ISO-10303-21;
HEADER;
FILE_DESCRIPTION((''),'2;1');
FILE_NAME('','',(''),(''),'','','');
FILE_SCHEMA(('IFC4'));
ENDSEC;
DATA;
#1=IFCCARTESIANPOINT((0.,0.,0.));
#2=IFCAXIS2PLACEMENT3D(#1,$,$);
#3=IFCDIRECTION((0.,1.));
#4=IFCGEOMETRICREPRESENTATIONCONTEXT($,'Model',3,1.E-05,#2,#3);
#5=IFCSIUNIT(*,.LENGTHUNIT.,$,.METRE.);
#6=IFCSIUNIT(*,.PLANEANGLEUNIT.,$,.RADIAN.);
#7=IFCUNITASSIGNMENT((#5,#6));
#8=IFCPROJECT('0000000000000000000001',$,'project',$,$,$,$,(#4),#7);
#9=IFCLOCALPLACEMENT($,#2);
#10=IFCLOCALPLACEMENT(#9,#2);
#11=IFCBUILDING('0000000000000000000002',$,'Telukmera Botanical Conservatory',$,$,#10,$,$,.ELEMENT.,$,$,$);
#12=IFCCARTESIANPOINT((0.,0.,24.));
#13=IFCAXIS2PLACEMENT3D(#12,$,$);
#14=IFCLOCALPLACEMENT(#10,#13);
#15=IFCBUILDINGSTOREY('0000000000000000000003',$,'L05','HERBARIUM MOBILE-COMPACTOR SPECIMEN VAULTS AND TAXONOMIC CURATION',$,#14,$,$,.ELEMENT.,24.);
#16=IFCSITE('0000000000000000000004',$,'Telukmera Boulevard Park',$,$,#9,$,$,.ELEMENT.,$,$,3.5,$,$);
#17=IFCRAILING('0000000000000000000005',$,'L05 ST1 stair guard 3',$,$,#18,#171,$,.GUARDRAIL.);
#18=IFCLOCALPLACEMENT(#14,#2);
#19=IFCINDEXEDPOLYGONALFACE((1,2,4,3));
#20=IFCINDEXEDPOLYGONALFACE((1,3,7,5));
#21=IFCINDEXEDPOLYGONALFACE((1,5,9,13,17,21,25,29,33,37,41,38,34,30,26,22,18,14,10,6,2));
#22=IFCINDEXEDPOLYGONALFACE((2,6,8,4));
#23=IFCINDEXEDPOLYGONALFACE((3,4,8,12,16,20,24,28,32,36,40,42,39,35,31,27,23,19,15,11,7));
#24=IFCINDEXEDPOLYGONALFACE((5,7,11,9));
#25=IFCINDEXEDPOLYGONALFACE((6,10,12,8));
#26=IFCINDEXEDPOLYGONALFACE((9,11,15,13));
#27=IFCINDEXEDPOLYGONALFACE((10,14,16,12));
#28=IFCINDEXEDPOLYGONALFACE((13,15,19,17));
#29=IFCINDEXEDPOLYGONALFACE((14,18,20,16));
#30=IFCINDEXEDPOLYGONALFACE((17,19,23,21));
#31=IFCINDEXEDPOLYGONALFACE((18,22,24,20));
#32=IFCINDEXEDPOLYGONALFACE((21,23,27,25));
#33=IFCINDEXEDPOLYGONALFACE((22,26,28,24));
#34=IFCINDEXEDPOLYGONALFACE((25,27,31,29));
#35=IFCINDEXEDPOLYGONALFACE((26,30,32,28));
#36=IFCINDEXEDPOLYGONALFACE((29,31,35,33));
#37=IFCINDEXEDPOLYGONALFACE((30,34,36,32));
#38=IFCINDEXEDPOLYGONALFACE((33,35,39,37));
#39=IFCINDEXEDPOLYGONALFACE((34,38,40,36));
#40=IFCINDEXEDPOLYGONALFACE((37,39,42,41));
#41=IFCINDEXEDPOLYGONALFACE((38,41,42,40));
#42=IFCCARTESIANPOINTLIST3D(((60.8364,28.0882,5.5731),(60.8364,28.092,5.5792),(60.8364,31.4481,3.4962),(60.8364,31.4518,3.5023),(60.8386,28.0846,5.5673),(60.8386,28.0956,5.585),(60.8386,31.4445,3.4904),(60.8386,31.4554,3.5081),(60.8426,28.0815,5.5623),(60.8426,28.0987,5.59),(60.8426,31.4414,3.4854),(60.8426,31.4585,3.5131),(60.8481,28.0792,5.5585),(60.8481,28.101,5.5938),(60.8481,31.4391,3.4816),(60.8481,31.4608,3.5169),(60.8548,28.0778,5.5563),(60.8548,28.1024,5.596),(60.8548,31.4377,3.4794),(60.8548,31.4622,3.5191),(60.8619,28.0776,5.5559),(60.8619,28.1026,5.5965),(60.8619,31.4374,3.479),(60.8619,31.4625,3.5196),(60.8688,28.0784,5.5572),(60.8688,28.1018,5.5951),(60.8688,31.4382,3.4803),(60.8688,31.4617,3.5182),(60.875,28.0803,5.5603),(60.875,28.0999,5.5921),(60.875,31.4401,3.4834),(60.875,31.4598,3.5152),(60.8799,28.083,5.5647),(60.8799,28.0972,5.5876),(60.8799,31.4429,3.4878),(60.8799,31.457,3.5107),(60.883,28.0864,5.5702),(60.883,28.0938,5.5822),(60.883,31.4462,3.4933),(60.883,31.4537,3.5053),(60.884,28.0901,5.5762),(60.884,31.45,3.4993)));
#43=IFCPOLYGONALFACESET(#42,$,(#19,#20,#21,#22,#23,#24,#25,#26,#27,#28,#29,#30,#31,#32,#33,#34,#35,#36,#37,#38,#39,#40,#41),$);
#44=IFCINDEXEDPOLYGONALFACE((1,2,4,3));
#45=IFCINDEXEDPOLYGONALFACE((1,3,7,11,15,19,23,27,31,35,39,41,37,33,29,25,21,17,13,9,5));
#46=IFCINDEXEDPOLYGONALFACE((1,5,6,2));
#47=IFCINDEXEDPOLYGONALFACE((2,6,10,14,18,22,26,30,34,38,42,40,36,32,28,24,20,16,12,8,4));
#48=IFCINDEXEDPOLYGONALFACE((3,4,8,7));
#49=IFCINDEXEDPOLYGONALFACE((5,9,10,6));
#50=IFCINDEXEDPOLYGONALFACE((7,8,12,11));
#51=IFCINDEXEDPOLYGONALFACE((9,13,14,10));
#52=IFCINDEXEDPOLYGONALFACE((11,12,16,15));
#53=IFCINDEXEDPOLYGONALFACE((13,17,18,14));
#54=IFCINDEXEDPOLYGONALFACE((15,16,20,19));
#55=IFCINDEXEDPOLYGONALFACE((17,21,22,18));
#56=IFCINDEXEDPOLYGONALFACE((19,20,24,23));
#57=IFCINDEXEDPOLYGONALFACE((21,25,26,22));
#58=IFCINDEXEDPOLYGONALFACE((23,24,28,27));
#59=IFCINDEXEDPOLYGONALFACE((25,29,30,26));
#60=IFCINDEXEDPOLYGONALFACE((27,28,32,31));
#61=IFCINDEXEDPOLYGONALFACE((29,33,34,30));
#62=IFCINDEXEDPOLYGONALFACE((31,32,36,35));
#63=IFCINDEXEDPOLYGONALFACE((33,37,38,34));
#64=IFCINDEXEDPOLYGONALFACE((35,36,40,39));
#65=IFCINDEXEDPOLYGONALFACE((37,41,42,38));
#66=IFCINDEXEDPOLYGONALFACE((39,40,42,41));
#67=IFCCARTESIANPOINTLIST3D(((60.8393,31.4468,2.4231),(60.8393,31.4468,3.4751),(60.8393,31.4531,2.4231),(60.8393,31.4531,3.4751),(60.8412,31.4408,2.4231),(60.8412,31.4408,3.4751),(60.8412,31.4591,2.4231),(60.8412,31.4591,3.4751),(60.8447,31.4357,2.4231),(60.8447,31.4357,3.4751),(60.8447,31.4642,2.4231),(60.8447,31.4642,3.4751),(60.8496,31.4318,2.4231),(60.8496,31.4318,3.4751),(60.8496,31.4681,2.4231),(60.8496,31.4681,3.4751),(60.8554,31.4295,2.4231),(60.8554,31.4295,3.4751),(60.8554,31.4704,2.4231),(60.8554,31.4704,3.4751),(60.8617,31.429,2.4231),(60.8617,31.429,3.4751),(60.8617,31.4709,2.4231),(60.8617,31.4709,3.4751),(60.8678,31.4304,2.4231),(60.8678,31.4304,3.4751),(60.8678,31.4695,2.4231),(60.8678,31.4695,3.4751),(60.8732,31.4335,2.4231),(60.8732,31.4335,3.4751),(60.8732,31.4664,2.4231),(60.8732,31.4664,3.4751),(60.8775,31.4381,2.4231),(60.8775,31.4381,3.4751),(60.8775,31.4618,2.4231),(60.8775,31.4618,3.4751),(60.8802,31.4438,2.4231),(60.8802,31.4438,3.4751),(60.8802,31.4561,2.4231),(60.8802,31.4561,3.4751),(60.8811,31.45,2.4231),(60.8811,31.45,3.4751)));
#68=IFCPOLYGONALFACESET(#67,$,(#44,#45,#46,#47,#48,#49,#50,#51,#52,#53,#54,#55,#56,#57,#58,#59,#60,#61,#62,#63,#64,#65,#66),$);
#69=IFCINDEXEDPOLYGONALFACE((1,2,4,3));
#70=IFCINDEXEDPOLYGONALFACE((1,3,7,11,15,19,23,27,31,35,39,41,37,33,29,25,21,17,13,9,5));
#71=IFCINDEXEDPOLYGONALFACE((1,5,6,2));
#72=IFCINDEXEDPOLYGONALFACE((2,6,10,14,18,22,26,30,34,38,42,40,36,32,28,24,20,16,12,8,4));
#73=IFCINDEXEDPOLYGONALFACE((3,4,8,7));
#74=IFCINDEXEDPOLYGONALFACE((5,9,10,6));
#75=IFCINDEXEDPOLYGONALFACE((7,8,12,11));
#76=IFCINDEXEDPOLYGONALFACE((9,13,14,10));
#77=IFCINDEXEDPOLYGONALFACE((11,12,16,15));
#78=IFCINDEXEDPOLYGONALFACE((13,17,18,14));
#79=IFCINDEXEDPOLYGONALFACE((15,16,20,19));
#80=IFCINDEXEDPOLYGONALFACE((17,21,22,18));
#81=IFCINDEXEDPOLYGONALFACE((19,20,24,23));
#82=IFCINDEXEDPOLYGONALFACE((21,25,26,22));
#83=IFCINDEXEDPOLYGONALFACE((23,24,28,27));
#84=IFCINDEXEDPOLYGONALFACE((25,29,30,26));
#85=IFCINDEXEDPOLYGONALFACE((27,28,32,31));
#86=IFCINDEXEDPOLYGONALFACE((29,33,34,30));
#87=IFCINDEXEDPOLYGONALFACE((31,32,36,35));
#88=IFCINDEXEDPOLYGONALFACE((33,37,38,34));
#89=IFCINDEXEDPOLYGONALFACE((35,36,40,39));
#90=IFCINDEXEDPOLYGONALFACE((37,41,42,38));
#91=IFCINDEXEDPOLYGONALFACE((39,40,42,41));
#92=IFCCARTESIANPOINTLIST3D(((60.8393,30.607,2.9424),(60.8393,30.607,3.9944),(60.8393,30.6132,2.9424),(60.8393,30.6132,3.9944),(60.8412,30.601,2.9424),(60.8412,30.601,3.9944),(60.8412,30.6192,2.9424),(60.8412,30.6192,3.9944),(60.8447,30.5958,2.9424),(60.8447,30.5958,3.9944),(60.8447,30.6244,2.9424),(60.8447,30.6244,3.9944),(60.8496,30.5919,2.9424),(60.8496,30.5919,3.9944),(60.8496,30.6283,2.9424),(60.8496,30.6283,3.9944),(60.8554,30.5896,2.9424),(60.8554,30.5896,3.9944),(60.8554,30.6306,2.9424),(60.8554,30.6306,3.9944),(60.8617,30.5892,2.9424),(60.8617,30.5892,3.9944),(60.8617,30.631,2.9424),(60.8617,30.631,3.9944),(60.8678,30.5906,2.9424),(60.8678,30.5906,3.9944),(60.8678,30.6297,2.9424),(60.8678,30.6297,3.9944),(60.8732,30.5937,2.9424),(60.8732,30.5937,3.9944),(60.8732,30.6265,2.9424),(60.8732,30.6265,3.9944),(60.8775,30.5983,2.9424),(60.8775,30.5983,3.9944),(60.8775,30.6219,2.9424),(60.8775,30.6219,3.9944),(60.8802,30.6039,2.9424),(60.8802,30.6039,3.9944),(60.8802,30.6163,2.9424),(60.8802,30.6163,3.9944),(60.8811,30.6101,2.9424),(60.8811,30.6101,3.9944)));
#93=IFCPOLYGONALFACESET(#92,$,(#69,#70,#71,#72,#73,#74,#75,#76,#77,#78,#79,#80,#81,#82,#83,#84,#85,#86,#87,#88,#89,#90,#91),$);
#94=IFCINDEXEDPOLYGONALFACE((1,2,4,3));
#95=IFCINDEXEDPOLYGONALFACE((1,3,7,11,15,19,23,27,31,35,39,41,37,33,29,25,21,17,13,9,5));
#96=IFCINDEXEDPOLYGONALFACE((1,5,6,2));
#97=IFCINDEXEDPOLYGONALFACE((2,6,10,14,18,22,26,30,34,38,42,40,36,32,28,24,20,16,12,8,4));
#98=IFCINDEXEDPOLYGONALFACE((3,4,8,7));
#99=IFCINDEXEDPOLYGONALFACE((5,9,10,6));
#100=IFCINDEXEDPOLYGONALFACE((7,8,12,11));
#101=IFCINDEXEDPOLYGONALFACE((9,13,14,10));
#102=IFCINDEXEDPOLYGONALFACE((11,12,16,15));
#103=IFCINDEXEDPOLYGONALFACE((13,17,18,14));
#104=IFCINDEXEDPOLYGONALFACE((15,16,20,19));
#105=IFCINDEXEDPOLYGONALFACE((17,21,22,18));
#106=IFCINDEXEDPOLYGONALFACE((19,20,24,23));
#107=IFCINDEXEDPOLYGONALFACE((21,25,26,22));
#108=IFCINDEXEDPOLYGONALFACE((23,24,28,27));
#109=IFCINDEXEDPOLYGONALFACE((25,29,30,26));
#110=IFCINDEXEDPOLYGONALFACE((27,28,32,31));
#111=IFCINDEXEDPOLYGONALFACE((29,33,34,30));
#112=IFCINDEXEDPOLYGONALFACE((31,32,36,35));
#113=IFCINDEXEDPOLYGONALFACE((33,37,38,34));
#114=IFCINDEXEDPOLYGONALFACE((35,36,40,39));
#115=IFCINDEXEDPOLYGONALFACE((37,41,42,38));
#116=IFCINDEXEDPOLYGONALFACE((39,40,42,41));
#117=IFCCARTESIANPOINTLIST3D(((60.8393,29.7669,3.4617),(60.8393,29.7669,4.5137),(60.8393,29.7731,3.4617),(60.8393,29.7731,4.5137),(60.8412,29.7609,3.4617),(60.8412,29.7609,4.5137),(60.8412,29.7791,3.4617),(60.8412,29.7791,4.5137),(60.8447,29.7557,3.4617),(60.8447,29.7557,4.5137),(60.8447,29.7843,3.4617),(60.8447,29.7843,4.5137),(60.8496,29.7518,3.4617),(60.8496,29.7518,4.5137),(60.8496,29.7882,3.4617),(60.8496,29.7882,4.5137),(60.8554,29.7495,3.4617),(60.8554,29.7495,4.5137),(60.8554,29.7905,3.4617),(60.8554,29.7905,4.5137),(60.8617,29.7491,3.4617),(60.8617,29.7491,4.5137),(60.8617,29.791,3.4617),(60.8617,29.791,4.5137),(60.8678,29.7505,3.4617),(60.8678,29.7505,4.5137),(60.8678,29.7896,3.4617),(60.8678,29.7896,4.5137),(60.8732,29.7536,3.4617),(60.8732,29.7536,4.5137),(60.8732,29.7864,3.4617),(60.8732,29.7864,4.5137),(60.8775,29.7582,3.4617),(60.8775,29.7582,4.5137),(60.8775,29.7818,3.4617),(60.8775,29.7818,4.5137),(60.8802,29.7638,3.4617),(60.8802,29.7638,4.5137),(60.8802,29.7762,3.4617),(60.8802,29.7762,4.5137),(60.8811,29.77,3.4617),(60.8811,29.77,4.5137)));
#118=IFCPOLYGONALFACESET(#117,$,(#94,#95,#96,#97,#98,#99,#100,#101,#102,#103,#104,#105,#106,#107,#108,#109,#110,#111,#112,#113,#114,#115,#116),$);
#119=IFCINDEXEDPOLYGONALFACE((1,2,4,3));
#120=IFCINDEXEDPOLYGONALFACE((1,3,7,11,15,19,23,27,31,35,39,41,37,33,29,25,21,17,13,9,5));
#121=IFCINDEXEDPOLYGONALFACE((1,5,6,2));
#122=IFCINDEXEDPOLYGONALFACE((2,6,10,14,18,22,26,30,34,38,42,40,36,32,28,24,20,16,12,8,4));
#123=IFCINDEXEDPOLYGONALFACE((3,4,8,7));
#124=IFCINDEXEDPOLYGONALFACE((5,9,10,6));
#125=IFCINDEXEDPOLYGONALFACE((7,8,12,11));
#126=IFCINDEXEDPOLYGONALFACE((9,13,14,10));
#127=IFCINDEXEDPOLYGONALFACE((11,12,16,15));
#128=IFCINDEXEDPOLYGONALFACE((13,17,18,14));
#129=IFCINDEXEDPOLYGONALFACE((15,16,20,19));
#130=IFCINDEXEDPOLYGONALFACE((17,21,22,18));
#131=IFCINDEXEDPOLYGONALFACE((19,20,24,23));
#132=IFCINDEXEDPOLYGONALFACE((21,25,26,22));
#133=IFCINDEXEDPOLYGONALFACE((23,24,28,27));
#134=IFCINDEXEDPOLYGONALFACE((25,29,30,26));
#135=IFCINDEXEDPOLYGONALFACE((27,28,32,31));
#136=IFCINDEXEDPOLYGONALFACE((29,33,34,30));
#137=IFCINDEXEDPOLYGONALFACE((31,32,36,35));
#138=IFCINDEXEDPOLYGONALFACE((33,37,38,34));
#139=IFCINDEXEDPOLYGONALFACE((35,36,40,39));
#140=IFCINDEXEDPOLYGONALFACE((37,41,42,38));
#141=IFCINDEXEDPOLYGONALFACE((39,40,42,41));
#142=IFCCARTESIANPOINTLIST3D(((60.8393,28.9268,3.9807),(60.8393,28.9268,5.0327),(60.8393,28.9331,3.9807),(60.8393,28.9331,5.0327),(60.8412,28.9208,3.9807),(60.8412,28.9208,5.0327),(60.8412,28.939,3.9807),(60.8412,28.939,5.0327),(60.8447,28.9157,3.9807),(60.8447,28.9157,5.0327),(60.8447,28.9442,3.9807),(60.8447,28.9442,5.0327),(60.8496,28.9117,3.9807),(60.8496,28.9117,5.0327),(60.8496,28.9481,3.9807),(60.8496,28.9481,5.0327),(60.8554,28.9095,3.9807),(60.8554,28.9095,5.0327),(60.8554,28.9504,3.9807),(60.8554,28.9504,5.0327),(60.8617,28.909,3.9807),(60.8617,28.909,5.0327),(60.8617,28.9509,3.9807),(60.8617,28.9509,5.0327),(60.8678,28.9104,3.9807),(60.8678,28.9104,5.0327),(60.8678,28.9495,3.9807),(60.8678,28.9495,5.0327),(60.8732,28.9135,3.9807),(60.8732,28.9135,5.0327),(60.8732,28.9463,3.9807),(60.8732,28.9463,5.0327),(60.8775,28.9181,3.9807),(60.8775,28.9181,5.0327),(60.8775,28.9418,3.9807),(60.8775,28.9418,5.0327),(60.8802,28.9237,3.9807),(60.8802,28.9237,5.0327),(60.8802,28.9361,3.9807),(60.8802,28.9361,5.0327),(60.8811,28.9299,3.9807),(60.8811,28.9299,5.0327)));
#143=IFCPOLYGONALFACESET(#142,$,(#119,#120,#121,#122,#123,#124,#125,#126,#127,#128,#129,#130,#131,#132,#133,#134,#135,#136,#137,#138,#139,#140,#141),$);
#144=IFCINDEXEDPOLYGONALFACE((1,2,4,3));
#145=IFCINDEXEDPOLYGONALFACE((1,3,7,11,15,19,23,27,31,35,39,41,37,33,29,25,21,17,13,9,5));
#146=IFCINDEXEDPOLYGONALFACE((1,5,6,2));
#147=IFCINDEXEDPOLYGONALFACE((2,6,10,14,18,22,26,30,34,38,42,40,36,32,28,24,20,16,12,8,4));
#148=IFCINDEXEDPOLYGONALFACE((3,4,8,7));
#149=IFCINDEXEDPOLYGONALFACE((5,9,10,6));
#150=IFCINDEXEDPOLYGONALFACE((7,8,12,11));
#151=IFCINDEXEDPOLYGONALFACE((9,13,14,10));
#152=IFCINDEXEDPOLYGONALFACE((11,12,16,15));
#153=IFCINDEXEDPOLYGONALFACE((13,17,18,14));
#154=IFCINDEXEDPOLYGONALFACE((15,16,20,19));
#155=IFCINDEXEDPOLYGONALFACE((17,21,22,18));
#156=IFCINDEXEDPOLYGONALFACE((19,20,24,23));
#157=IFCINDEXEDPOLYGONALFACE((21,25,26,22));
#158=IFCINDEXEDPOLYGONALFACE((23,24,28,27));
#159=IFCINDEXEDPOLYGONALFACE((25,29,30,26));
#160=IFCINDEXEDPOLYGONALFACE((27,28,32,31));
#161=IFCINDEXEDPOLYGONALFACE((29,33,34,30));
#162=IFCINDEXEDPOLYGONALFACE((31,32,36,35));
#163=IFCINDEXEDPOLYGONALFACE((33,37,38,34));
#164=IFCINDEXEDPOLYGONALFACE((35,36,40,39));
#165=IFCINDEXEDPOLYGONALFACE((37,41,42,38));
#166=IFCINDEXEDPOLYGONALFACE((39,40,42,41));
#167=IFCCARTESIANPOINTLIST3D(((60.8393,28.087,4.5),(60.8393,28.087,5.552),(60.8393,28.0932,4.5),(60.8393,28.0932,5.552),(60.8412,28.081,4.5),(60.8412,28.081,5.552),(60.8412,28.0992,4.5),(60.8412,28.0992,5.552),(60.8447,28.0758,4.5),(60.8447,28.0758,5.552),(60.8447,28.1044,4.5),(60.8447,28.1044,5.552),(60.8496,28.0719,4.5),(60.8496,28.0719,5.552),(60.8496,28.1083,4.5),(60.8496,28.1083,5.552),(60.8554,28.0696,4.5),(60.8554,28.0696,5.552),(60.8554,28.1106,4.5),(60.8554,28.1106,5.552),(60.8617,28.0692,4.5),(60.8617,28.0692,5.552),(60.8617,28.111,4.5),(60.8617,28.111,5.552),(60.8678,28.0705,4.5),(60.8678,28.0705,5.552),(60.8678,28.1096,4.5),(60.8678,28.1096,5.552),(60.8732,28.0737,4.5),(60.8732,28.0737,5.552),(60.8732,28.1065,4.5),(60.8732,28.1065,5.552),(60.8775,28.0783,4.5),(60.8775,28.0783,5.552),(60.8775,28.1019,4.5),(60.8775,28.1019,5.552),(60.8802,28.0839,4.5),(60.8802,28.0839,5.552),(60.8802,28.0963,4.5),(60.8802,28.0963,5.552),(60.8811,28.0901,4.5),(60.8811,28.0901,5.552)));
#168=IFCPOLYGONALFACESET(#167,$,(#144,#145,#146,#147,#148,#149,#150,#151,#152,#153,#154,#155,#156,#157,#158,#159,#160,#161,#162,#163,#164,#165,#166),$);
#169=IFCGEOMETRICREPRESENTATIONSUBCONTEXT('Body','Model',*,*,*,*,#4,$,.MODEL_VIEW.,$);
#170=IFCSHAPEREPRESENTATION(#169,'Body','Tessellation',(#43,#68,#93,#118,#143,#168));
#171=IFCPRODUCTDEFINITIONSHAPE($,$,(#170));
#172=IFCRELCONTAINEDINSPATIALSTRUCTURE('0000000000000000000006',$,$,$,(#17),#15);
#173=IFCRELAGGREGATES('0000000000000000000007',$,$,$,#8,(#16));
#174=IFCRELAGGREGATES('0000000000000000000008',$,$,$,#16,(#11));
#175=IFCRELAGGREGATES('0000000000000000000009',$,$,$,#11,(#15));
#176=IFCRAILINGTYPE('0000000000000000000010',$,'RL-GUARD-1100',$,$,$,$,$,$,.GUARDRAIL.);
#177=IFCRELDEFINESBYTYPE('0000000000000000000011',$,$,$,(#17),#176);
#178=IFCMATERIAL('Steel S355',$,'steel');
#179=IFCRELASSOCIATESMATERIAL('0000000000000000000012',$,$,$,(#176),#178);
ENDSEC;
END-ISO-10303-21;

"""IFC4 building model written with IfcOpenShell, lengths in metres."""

from ifc_helpers import new_model, si_unit, direction, frame, origin, origin_2d, place, context, subcontext, project, spatial, circle, extrude, material, type_object, element, save


model = new_model("IFC4")

# Units and contexts
model_context = context("Model", 3, precision=1e-05, world=origin(), true_north=direction((0.0, 1.0)))
body_context = subcontext(model_context, "Body", "Model", "MODEL_VIEW")
ifc_project = project(units=[si_unit("LENGTHUNIT", "METRE"), si_unit("PLANEANGLEUNIT", "RADIAN")], contexts=[model_context])

# Site, building, storey
site_placement = place(None, origin())
site = spatial("IfcSite", under=ifc_project, at=site_placement, Name="Telukmera Boulevard Park", CompositionType="ELEMENT", RefElevation=3.5)
building_placement = place(site_placement, origin())
building = spatial("IfcBuilding", under=site, at=building_placement, Name="Telukmera Botanical Conservatory", CompositionType="ELEMENT")
storey_placement = place(building_placement, frame((0.0, 0.0, 24.0)))
storey = spatial("IfcBuildingStorey", under=building, at=storey_placement, Name="L05", Description="HERBARIUM MOBILE-COMPACTOR SPECIMEN VAULTS AND TAXONOMIC CURATION", CompositionType="ELEMENT", Elevation=24.0)

# Railing
ifc_material_1 = material(Name="Steel S355", Category="steel")
railing_type_1 = type_object("IfcRailingType", Name="RL-GUARD-1100", PredefinedType="GUARDRAIL", material=ifc_material_1)
railing_1_placement = place(storey_placement, frame((60.8601, 31.45, 2.4231)))
element("IfcRailing", 1, at=railing_1_placement, inside=storey, type_object=railing_type_1, Name="L05 ST1 stair guard 3", PredefinedType="GUARDRAIL", context=body_context, shape_type="SweptSolid", body=[
    extrude(circle(Radius=0.0239, at=origin_2d()), frame((0.0, 0.0, 1.0762), z_axis=(0.0, -0.850606, 0.525803), x_axis=(1.0, 0.0, 0.0)), (0.0, 0.0, 1.0), 3.95),
    extrude(circle(Radius=0.021, at=origin_2d()), origin(), (0.0, 0.0, 1.0), 1.052),
    extrude(circle(Radius=0.021, at=origin_2d()), frame((0.0, -0.8398, 0.5193)), (0.0, 0.0, 1.0), 1.052),
    extrude(circle(Radius=0.021, at=origin_2d()), frame((0.0, -1.6799, 1.0386)), (0.0, 0.0, 1.0), 1.052),
    extrude(circle(Radius=0.021, at=origin_2d()), frame((0.0, -2.52, 1.5576)), (0.0, 0.0, 1.0), 1.052),
    extrude(circle(Radius=0.021, at=origin_2d()), frame((0.0, -3.3599, 2.0769)), (0.0, 0.0, 1.0), 1.052),
])

save(model, "model.ifc")
